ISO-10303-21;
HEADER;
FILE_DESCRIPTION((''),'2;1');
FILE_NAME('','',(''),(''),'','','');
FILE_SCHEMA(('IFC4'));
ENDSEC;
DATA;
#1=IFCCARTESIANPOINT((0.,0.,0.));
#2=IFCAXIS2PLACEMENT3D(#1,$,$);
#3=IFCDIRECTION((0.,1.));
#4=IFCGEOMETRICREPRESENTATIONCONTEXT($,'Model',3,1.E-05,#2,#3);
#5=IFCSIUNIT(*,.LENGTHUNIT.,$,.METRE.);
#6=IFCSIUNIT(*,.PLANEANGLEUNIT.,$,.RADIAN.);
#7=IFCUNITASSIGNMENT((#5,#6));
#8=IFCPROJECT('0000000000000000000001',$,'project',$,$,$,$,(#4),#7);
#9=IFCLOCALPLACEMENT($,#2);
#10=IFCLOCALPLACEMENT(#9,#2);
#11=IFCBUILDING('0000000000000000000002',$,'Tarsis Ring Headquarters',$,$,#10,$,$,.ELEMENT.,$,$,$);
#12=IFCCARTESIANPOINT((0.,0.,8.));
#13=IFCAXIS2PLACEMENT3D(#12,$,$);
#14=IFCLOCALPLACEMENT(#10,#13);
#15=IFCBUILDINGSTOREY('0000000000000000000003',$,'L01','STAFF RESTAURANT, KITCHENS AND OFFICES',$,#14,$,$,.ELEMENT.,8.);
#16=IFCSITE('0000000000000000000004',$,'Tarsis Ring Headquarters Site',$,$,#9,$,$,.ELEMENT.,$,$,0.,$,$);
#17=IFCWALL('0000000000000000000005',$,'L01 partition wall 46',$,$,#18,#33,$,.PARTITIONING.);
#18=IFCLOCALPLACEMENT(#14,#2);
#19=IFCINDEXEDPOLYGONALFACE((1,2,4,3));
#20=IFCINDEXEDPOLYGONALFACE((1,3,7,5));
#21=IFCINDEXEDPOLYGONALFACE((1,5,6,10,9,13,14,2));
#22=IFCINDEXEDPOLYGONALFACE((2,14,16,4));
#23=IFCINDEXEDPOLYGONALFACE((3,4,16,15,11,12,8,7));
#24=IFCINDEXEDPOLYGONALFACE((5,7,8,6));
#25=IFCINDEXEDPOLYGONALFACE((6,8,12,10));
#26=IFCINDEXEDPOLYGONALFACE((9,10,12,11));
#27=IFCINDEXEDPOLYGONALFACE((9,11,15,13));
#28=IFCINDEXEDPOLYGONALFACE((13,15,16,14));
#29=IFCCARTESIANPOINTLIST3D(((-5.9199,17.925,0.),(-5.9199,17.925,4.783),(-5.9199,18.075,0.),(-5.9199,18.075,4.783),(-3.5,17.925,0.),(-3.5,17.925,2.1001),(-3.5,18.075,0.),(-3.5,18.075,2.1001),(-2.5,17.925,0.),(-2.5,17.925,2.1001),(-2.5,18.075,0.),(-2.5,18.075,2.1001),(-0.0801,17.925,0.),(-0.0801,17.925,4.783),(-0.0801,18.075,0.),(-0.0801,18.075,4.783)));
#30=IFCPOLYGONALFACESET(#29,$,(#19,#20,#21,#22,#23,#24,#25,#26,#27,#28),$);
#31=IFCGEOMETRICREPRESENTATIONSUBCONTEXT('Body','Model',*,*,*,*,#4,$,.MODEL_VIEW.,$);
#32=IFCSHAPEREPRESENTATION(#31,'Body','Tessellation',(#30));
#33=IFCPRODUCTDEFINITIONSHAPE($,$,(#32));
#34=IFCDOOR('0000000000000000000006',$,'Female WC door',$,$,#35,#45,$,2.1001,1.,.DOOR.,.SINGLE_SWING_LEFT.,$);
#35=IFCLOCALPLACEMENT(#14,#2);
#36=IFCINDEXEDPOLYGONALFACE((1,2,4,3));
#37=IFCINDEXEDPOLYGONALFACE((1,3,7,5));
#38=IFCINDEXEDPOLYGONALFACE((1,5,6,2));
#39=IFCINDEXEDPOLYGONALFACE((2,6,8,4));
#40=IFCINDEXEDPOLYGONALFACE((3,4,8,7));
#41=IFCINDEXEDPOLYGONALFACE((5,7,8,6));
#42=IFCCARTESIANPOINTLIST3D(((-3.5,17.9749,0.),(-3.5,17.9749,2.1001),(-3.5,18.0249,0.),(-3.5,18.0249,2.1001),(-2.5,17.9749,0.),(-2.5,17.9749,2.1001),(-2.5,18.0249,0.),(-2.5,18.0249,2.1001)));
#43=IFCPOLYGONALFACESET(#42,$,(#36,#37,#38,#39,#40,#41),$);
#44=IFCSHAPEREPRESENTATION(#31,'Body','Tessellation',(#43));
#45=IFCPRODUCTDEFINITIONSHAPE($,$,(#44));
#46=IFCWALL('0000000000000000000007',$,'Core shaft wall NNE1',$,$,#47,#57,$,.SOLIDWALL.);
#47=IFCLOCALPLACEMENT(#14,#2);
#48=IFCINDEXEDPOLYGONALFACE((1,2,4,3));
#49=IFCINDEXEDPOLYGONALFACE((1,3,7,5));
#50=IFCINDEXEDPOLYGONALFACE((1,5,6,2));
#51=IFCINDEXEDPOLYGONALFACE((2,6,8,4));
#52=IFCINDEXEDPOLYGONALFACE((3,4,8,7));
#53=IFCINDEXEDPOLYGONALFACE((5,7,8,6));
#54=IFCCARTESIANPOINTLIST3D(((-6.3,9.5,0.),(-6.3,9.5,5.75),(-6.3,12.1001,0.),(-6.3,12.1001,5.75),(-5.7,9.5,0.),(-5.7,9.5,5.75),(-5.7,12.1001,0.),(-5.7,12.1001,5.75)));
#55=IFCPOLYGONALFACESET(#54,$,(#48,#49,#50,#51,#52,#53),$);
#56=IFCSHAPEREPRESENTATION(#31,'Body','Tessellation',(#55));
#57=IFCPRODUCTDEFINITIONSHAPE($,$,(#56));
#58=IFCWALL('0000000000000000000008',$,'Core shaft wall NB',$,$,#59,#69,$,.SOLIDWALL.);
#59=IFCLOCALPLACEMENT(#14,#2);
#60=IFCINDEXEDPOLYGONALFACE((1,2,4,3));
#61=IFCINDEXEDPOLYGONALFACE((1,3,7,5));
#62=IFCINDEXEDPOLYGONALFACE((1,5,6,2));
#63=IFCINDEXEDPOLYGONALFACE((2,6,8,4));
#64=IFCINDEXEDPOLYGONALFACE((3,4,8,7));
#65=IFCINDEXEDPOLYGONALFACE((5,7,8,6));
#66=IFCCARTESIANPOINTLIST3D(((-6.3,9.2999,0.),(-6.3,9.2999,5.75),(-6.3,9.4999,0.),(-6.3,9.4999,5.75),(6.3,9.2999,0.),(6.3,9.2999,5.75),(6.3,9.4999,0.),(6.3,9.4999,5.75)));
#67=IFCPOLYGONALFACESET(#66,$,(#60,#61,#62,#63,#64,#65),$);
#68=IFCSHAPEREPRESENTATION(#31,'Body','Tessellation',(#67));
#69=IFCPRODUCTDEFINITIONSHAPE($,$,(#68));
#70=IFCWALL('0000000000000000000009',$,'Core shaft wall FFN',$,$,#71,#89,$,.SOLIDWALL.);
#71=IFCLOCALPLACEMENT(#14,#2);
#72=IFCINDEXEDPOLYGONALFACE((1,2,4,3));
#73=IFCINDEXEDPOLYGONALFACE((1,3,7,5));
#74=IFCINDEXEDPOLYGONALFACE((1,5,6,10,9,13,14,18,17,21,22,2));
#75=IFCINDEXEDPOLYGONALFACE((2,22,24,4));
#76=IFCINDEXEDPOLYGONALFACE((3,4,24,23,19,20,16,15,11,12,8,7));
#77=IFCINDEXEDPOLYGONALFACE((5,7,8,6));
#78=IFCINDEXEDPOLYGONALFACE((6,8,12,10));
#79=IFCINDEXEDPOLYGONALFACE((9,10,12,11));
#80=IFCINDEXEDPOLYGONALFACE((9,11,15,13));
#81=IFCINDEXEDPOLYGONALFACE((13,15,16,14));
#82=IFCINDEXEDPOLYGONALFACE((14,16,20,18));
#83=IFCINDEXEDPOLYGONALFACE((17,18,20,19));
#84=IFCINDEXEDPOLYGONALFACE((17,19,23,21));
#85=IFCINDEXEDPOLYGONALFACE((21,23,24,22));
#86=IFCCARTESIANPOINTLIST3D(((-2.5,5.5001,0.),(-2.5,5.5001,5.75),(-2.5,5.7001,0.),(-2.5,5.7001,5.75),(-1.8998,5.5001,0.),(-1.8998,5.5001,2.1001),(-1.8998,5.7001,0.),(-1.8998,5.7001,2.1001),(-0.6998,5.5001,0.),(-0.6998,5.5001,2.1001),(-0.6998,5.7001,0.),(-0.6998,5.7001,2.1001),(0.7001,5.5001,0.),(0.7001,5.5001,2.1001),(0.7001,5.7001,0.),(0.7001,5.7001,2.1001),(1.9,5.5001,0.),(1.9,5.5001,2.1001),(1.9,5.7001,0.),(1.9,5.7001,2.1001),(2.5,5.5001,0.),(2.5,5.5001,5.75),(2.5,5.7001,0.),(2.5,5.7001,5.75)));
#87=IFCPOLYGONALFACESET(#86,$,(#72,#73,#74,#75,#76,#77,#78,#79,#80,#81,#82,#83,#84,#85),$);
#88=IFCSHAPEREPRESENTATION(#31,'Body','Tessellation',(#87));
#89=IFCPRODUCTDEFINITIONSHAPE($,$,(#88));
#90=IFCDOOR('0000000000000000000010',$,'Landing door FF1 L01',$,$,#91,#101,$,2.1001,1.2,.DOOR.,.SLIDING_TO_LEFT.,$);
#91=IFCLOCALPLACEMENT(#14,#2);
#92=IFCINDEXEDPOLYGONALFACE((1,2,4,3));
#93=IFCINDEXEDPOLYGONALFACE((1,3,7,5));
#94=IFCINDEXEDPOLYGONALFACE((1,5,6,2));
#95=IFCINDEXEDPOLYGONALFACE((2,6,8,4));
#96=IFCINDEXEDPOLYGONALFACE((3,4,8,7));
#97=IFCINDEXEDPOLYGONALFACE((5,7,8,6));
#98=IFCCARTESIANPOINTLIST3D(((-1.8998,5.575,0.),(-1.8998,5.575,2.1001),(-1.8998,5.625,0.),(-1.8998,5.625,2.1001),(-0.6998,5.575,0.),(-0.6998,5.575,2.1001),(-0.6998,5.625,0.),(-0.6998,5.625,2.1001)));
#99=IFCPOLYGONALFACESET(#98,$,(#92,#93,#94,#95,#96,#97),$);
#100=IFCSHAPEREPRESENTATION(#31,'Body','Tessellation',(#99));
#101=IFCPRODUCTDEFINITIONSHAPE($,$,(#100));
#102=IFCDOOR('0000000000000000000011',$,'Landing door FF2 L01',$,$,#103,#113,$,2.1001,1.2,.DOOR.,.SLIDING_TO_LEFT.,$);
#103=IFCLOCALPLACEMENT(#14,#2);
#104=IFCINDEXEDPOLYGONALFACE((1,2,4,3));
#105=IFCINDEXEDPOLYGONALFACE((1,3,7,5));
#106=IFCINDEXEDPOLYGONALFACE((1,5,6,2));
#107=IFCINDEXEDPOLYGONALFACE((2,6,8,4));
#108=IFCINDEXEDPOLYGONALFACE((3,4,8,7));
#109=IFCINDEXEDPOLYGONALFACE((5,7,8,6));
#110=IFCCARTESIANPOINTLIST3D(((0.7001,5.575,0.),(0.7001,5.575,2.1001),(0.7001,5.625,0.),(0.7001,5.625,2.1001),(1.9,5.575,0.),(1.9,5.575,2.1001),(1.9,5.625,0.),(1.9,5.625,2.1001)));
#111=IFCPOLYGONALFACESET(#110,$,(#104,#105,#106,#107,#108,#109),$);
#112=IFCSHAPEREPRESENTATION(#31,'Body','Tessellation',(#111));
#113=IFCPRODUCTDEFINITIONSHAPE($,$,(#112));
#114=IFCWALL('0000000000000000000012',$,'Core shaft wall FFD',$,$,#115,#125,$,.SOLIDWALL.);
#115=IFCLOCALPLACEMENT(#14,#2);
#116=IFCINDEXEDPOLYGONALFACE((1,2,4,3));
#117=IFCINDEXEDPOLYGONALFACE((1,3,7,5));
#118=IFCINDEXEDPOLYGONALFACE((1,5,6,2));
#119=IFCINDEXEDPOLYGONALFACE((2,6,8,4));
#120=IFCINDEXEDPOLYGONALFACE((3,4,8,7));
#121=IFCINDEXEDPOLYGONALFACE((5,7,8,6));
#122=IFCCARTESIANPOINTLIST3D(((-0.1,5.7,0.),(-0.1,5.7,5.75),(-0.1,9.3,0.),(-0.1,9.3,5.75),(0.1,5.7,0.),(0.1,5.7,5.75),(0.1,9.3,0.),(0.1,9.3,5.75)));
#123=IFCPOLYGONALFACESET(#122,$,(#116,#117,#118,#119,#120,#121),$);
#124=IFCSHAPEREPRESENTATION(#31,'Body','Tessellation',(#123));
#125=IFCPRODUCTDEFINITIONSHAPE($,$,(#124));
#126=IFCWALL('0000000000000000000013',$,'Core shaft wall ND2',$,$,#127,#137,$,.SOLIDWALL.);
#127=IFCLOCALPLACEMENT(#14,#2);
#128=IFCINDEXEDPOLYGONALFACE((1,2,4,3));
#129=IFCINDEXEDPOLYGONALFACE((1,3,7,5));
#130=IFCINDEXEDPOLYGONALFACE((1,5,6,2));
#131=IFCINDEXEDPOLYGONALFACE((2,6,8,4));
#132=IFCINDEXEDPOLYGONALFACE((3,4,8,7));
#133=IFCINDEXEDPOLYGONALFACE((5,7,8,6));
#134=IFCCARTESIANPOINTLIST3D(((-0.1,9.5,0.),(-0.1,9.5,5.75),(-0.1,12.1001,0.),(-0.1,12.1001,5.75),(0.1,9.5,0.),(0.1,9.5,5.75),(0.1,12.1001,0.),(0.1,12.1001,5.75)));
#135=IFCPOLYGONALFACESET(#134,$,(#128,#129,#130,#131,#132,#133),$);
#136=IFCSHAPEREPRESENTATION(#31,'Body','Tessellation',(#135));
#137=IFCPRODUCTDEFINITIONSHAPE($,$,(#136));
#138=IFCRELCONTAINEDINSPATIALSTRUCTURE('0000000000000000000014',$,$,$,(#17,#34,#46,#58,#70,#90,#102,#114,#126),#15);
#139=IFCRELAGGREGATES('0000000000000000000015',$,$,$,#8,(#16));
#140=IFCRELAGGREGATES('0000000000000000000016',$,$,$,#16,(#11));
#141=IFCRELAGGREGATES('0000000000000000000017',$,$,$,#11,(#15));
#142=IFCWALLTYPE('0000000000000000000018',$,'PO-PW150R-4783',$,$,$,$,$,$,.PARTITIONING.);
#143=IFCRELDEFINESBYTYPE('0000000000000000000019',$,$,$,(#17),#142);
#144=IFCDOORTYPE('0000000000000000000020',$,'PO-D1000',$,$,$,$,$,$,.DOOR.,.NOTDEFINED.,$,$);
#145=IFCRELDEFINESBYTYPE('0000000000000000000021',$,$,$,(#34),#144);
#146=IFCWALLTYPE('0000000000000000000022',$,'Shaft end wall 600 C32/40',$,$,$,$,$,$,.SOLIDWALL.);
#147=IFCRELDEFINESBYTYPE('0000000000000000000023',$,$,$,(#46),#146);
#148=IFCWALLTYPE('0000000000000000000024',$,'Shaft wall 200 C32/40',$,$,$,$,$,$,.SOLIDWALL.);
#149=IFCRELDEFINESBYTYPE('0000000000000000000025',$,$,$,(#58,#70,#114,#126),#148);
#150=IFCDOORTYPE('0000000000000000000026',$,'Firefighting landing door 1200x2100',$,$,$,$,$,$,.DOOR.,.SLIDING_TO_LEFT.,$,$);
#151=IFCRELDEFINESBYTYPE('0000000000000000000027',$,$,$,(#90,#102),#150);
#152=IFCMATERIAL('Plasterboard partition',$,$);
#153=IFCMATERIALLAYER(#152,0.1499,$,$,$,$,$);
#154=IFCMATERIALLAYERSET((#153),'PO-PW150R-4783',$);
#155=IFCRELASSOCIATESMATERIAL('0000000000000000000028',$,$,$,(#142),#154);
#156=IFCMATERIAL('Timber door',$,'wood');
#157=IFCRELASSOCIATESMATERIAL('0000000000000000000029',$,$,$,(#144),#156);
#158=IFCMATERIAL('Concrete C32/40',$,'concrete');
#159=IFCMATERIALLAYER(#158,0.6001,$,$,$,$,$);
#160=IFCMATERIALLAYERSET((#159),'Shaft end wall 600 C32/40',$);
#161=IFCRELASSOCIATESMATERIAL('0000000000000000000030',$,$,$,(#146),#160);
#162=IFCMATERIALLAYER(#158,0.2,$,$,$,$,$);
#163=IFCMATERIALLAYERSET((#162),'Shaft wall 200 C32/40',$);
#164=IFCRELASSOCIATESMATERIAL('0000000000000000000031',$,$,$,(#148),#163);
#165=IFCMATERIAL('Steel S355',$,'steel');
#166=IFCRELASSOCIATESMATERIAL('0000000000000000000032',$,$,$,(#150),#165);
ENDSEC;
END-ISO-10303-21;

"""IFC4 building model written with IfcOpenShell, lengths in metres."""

from ifc_helpers import new_model, si_unit, direction, frame, frame_2d, origin, place, context, subcontext, project, spatial, rectangle, extrude, material, layer, layer_set, type_object, element, fill, save


model = new_model("IFC4")

# Units and contexts
model_context = context("Model", 3, precision=1e-05, world=origin(), true_north=direction((0.0, 1.0)))
body_context = subcontext(model_context, "Body", "Model", "MODEL_VIEW")
ifc_project = project(units=[si_unit("LENGTHUNIT", "METRE"), si_unit("PLANEANGLEUNIT", "RADIAN")], contexts=[model_context])

# Site, building, storey
site_placement = place(None, origin())
site = spatial("IfcSite", under=ifc_project, at=site_placement, Name="Tarsis Ring Headquarters Site", CompositionType="ELEMENT", RefElevation=0.0)
building_placement = place(site_placement, origin())
building = spatial("IfcBuilding", under=site, at=building_placement, Name="Tarsis Ring Headquarters", CompositionType="ELEMENT")
storey_placement = place(building_placement, frame((0.0, 0.0, 8.0)))
storey = spatial("IfcBuildingStorey", under=building, at=storey_placement, Name="L01", Description="STAFF RESTAURANT, KITCHENS AND OFFICES", CompositionType="ELEMENT", Elevation=8.0)

# Shared definitions
ifc_material_1 = material(Name="Plasterboard partition")

# Wall, opening, door
ifc_layer_1 = layer(ifc_material_1, 0.1499)
ifc_layer_set_1 = layer_set([ifc_layer_1], Name="PO-PW150R-4783")
wall_type_1 = type_object("IfcWallType", Name="PO-PW150R-4783", PredefinedType="PARTITIONING", material=ifc_layer_set_1)
ifc_material_2 = material(Name="Timber door", Category="wood")
door_type_1 = type_object("IfcDoorType", Name="PO-D1000", OperationType="NOTDEFINED", PredefinedType="DOOR", material=ifc_material_2)
wall_1_placement = place(storey_placement, frame((-5.9199, 18.0, 0.0), z_axis=(0.0, 0.0, 1.0), x_axis=(1.0, 0.0, 0.0)))
wall_1 = element("IfcWall", 1, at=wall_1_placement, inside=storey, type_object=wall_type_1, Name="L01 partition wall 46", PredefinedType="PARTITIONING", context=body_context, shape_type="SweptSolid", body=[
    extrude(rectangle(XDim=5.8398, YDim=0.1499, at=frame_2d((2.9199, 0.0))), origin(), (0.0, 0.0, 1.0), 4.783),
])
opening_1_placement = place(wall_1_placement, frame((2.4199, 0.0, 0.0)))
opening_1 = element("IfcOpeningElement", 2, at=opening_1_placement, cuts=wall_1, PredefinedType="OPENING", context=body_context, shape_type="SweptSolid", body=[
    extrude(rectangle(XDim=1.0, YDim=2.1001, at=frame_2d((0.5, 1.05))), frame((0.0, 0.085, 0.0), z_axis=(0.0, -1.0, 0.0), x_axis=(1.0, 0.0, 0.0)), (0.0, 0.0, 1.0), 0.1699),
])
door_1_placement = place(opening_1_placement, origin())
door_1 = element("IfcDoor", 3, at=door_1_placement, inside=storey, type_object=door_type_1, Name="Female WC door", OperationType="SINGLE_SWING_LEFT", OverallHeight=2.1001, OverallWidth=1.0, PredefinedType="DOOR", context=body_context, shape_type="SweptSolid", body=[
    extrude(rectangle(XDim=1.0, YDim=2.1001, at=frame_2d((0.5, 1.05))), frame((0.0, 0.0249, 0.0), z_axis=(0.0, -1.0, 0.0), x_axis=(1.0, 0.0, 0.0)), (0.0, 0.0, 1.0), 0.05),
])
fill(opening_1, door_1)

# Walls
ifc_material_3 = material(Name="Concrete C32/40", Category="concrete")
ifc_layer_2 = layer(ifc_material_3, 0.6001)
ifc_layer_set_2 = layer_set([ifc_layer_2], Name="Shaft end wall 600 C32/40")
wall_type_2 = type_object("IfcWallType", Name="Shaft end wall 600 C32/40", PredefinedType="SOLIDWALL", material=ifc_layer_set_2)
wall_2_placement = place(storey_placement, frame((-6.0, 9.5, 0.0), z_axis=(0.0, 0.0, 1.0), x_axis=(0.0, 1.0, 0.0)))
element("IfcWall", 4, at=wall_2_placement, inside=storey, type_object=wall_type_2, Name="Core shaft wall NNE1", PredefinedType="SOLIDWALL", context=body_context, shape_type="SweptSolid", body=[
    extrude(rectangle(XDim=2.6001, YDim=0.6001, at=frame_2d((1.3, 0.0))), origin(), (0.0, 0.0, 1.0), 5.75),
])
ifc_layer_3 = layer(ifc_material_3, 0.2)
ifc_layer_set_3 = layer_set([ifc_layer_3], Name="Shaft wall 200 C32/40")
wall_type_3 = type_object("IfcWallType", Name="Shaft wall 200 C32/40", PredefinedType="SOLIDWALL", material=ifc_layer_set_3)
wall_3_placement = place(storey_placement, frame((-6.3, 9.3999, 0.0), z_axis=(0.0, 0.0, 1.0), x_axis=(1.0, 0.0, 0.0)))
element("IfcWall", 5, at=wall_3_placement, inside=storey, type_object=wall_type_3, Name="Core shaft wall NB", PredefinedType="SOLIDWALL", context=body_context, shape_type="SweptSolid", body=[
    extrude(rectangle(XDim=12.6001, YDim=0.2, at=frame_2d((6.3, 0.0))), origin(), (0.0, 0.0, 1.0), 5.75),
])

# Wall, openings, doors
wall_4_placement = place(storey_placement, frame((-2.5, 5.6001, 0.0), z_axis=(0.0, 0.0, 1.0), x_axis=(1.0, 0.0, 0.0)))
wall_4 = element("IfcWall", 6, at=wall_4_placement, inside=storey, type_object=wall_type_3, Name="Core shaft wall FFN", PredefinedType="SOLIDWALL", context=body_context, shape_type="SweptSolid", body=[
    extrude(rectangle(XDim=5.0, YDim=0.2, at=frame_2d((2.5, 0.0))), origin(), (0.0, 0.0, 1.0), 5.75),
])
opening_2_placement = place(wall_4_placement, frame((0.6001, 0.0, 0.0)))
opening_2 = element("IfcOpeningElement", 7, at=opening_2_placement, cuts=wall_4, PredefinedType="OPENING", context=body_context, shape_type="SweptSolid", body=[
    extrude(rectangle(XDim=1.2, YDim=2.1001, at=frame_2d((0.6001, 1.05))), frame((0.0, 0.1099, 0.0), z_axis=(0.0, -1.0, 0.0), x_axis=(1.0, 0.0, 0.0)), (0.0, 0.0, 1.0), 0.22),
])
opening_3_placement = place(wall_4_placement, frame((3.2, 0.0, 0.0)))
opening_3 = element("IfcOpeningElement", 8, at=opening_3_placement, cuts=wall_4, PredefinedType="OPENING", context=body_context, shape_type="SweptSolid", body=[
    extrude(rectangle(XDim=1.2, YDim=2.1001, at=frame_2d((0.6001, 1.05))), frame((0.0, 0.1099, 0.0), z_axis=(0.0, -1.0, 0.0), x_axis=(1.0, 0.0, 0.0)), (0.0, 0.0, 1.0), 0.22),
])
ifc_material_4 = material(Name="Steel S355", Category="steel")
door_type_2 = type_object("IfcDoorType", Name="Firefighting landing door 1200x2100", OperationType="SLIDING_TO_LEFT", PredefinedType="DOOR", material=ifc_material_4)
door_2_placement = place(opening_2_placement, origin())
door_2 = element("IfcDoor", 9, at=door_2_placement, inside=storey, type_object=door_type_2, Name="Landing door FF1 L01", OperationType="SLIDING_TO_LEFT", OverallHeight=2.1001, OverallWidth=1.2, PredefinedType="DOOR", context=body_context, shape_type="SweptSolid", body=[
    extrude(rectangle(XDim=1.2, YDim=2.1001, at=frame_2d((0.6001, 1.05))), frame((0.0, 0.0249, 0.0), z_axis=(0.0, -1.0, 0.0), x_axis=(1.0, 0.0, 0.0)), (0.0, 0.0, 1.0), 0.05),
])
fill(opening_2, door_2)
door_3_placement = place(opening_3_placement, origin())
door_3 = element("IfcDoor", 10, at=door_3_placement, inside=storey, type_object=door_type_2, Name="Landing door FF2 L01", OperationType="SLIDING_TO_LEFT", OverallHeight=2.1001, OverallWidth=1.2, PredefinedType="DOOR", context=body_context, shape_type="SweptSolid", body=[
    extrude(rectangle(XDim=1.2, YDim=2.1001, at=frame_2d((0.6001, 1.05))), frame((0.0, 0.0249, 0.0), z_axis=(0.0, -1.0, 0.0), x_axis=(1.0, 0.0, 0.0)), (0.0, 0.0, 1.0), 0.05),
])
fill(opening_3, door_3)

# Walls
wall_5_placement = place(storey_placement, frame((0.0, 5.7, 0.0), z_axis=(0.0, 0.0, 1.0), x_axis=(0.0, 1.0, 0.0)))
element("IfcWall", 11, at=wall_5_placement, inside=storey, type_object=wall_type_3, Name="Core shaft wall FFD", PredefinedType="SOLIDWALL", context=body_context, shape_type="SweptSolid", body=[
    extrude(rectangle(XDim=3.6001, YDim=0.2, at=frame_2d((1.8, 0.0))), origin(), (0.0, 0.0, 1.0), 5.75),
])
wall_6_placement = place(storey_placement, frame((0.0, 9.5, 0.0), z_axis=(0.0, 0.0, 1.0), x_axis=(0.0, 1.0, 0.0)))
element("IfcWall", 12, at=wall_6_placement, inside=storey, type_object=wall_type_3, Name="Core shaft wall ND2", PredefinedType="SOLIDWALL", context=body_context, shape_type="SweptSolid", body=[
    extrude(rectangle(XDim=2.6001, YDim=0.2, at=frame_2d((1.3, 0.0))), origin(), (0.0, 0.0, 1.0), 5.75),
])

save(model, "model.ifc")
